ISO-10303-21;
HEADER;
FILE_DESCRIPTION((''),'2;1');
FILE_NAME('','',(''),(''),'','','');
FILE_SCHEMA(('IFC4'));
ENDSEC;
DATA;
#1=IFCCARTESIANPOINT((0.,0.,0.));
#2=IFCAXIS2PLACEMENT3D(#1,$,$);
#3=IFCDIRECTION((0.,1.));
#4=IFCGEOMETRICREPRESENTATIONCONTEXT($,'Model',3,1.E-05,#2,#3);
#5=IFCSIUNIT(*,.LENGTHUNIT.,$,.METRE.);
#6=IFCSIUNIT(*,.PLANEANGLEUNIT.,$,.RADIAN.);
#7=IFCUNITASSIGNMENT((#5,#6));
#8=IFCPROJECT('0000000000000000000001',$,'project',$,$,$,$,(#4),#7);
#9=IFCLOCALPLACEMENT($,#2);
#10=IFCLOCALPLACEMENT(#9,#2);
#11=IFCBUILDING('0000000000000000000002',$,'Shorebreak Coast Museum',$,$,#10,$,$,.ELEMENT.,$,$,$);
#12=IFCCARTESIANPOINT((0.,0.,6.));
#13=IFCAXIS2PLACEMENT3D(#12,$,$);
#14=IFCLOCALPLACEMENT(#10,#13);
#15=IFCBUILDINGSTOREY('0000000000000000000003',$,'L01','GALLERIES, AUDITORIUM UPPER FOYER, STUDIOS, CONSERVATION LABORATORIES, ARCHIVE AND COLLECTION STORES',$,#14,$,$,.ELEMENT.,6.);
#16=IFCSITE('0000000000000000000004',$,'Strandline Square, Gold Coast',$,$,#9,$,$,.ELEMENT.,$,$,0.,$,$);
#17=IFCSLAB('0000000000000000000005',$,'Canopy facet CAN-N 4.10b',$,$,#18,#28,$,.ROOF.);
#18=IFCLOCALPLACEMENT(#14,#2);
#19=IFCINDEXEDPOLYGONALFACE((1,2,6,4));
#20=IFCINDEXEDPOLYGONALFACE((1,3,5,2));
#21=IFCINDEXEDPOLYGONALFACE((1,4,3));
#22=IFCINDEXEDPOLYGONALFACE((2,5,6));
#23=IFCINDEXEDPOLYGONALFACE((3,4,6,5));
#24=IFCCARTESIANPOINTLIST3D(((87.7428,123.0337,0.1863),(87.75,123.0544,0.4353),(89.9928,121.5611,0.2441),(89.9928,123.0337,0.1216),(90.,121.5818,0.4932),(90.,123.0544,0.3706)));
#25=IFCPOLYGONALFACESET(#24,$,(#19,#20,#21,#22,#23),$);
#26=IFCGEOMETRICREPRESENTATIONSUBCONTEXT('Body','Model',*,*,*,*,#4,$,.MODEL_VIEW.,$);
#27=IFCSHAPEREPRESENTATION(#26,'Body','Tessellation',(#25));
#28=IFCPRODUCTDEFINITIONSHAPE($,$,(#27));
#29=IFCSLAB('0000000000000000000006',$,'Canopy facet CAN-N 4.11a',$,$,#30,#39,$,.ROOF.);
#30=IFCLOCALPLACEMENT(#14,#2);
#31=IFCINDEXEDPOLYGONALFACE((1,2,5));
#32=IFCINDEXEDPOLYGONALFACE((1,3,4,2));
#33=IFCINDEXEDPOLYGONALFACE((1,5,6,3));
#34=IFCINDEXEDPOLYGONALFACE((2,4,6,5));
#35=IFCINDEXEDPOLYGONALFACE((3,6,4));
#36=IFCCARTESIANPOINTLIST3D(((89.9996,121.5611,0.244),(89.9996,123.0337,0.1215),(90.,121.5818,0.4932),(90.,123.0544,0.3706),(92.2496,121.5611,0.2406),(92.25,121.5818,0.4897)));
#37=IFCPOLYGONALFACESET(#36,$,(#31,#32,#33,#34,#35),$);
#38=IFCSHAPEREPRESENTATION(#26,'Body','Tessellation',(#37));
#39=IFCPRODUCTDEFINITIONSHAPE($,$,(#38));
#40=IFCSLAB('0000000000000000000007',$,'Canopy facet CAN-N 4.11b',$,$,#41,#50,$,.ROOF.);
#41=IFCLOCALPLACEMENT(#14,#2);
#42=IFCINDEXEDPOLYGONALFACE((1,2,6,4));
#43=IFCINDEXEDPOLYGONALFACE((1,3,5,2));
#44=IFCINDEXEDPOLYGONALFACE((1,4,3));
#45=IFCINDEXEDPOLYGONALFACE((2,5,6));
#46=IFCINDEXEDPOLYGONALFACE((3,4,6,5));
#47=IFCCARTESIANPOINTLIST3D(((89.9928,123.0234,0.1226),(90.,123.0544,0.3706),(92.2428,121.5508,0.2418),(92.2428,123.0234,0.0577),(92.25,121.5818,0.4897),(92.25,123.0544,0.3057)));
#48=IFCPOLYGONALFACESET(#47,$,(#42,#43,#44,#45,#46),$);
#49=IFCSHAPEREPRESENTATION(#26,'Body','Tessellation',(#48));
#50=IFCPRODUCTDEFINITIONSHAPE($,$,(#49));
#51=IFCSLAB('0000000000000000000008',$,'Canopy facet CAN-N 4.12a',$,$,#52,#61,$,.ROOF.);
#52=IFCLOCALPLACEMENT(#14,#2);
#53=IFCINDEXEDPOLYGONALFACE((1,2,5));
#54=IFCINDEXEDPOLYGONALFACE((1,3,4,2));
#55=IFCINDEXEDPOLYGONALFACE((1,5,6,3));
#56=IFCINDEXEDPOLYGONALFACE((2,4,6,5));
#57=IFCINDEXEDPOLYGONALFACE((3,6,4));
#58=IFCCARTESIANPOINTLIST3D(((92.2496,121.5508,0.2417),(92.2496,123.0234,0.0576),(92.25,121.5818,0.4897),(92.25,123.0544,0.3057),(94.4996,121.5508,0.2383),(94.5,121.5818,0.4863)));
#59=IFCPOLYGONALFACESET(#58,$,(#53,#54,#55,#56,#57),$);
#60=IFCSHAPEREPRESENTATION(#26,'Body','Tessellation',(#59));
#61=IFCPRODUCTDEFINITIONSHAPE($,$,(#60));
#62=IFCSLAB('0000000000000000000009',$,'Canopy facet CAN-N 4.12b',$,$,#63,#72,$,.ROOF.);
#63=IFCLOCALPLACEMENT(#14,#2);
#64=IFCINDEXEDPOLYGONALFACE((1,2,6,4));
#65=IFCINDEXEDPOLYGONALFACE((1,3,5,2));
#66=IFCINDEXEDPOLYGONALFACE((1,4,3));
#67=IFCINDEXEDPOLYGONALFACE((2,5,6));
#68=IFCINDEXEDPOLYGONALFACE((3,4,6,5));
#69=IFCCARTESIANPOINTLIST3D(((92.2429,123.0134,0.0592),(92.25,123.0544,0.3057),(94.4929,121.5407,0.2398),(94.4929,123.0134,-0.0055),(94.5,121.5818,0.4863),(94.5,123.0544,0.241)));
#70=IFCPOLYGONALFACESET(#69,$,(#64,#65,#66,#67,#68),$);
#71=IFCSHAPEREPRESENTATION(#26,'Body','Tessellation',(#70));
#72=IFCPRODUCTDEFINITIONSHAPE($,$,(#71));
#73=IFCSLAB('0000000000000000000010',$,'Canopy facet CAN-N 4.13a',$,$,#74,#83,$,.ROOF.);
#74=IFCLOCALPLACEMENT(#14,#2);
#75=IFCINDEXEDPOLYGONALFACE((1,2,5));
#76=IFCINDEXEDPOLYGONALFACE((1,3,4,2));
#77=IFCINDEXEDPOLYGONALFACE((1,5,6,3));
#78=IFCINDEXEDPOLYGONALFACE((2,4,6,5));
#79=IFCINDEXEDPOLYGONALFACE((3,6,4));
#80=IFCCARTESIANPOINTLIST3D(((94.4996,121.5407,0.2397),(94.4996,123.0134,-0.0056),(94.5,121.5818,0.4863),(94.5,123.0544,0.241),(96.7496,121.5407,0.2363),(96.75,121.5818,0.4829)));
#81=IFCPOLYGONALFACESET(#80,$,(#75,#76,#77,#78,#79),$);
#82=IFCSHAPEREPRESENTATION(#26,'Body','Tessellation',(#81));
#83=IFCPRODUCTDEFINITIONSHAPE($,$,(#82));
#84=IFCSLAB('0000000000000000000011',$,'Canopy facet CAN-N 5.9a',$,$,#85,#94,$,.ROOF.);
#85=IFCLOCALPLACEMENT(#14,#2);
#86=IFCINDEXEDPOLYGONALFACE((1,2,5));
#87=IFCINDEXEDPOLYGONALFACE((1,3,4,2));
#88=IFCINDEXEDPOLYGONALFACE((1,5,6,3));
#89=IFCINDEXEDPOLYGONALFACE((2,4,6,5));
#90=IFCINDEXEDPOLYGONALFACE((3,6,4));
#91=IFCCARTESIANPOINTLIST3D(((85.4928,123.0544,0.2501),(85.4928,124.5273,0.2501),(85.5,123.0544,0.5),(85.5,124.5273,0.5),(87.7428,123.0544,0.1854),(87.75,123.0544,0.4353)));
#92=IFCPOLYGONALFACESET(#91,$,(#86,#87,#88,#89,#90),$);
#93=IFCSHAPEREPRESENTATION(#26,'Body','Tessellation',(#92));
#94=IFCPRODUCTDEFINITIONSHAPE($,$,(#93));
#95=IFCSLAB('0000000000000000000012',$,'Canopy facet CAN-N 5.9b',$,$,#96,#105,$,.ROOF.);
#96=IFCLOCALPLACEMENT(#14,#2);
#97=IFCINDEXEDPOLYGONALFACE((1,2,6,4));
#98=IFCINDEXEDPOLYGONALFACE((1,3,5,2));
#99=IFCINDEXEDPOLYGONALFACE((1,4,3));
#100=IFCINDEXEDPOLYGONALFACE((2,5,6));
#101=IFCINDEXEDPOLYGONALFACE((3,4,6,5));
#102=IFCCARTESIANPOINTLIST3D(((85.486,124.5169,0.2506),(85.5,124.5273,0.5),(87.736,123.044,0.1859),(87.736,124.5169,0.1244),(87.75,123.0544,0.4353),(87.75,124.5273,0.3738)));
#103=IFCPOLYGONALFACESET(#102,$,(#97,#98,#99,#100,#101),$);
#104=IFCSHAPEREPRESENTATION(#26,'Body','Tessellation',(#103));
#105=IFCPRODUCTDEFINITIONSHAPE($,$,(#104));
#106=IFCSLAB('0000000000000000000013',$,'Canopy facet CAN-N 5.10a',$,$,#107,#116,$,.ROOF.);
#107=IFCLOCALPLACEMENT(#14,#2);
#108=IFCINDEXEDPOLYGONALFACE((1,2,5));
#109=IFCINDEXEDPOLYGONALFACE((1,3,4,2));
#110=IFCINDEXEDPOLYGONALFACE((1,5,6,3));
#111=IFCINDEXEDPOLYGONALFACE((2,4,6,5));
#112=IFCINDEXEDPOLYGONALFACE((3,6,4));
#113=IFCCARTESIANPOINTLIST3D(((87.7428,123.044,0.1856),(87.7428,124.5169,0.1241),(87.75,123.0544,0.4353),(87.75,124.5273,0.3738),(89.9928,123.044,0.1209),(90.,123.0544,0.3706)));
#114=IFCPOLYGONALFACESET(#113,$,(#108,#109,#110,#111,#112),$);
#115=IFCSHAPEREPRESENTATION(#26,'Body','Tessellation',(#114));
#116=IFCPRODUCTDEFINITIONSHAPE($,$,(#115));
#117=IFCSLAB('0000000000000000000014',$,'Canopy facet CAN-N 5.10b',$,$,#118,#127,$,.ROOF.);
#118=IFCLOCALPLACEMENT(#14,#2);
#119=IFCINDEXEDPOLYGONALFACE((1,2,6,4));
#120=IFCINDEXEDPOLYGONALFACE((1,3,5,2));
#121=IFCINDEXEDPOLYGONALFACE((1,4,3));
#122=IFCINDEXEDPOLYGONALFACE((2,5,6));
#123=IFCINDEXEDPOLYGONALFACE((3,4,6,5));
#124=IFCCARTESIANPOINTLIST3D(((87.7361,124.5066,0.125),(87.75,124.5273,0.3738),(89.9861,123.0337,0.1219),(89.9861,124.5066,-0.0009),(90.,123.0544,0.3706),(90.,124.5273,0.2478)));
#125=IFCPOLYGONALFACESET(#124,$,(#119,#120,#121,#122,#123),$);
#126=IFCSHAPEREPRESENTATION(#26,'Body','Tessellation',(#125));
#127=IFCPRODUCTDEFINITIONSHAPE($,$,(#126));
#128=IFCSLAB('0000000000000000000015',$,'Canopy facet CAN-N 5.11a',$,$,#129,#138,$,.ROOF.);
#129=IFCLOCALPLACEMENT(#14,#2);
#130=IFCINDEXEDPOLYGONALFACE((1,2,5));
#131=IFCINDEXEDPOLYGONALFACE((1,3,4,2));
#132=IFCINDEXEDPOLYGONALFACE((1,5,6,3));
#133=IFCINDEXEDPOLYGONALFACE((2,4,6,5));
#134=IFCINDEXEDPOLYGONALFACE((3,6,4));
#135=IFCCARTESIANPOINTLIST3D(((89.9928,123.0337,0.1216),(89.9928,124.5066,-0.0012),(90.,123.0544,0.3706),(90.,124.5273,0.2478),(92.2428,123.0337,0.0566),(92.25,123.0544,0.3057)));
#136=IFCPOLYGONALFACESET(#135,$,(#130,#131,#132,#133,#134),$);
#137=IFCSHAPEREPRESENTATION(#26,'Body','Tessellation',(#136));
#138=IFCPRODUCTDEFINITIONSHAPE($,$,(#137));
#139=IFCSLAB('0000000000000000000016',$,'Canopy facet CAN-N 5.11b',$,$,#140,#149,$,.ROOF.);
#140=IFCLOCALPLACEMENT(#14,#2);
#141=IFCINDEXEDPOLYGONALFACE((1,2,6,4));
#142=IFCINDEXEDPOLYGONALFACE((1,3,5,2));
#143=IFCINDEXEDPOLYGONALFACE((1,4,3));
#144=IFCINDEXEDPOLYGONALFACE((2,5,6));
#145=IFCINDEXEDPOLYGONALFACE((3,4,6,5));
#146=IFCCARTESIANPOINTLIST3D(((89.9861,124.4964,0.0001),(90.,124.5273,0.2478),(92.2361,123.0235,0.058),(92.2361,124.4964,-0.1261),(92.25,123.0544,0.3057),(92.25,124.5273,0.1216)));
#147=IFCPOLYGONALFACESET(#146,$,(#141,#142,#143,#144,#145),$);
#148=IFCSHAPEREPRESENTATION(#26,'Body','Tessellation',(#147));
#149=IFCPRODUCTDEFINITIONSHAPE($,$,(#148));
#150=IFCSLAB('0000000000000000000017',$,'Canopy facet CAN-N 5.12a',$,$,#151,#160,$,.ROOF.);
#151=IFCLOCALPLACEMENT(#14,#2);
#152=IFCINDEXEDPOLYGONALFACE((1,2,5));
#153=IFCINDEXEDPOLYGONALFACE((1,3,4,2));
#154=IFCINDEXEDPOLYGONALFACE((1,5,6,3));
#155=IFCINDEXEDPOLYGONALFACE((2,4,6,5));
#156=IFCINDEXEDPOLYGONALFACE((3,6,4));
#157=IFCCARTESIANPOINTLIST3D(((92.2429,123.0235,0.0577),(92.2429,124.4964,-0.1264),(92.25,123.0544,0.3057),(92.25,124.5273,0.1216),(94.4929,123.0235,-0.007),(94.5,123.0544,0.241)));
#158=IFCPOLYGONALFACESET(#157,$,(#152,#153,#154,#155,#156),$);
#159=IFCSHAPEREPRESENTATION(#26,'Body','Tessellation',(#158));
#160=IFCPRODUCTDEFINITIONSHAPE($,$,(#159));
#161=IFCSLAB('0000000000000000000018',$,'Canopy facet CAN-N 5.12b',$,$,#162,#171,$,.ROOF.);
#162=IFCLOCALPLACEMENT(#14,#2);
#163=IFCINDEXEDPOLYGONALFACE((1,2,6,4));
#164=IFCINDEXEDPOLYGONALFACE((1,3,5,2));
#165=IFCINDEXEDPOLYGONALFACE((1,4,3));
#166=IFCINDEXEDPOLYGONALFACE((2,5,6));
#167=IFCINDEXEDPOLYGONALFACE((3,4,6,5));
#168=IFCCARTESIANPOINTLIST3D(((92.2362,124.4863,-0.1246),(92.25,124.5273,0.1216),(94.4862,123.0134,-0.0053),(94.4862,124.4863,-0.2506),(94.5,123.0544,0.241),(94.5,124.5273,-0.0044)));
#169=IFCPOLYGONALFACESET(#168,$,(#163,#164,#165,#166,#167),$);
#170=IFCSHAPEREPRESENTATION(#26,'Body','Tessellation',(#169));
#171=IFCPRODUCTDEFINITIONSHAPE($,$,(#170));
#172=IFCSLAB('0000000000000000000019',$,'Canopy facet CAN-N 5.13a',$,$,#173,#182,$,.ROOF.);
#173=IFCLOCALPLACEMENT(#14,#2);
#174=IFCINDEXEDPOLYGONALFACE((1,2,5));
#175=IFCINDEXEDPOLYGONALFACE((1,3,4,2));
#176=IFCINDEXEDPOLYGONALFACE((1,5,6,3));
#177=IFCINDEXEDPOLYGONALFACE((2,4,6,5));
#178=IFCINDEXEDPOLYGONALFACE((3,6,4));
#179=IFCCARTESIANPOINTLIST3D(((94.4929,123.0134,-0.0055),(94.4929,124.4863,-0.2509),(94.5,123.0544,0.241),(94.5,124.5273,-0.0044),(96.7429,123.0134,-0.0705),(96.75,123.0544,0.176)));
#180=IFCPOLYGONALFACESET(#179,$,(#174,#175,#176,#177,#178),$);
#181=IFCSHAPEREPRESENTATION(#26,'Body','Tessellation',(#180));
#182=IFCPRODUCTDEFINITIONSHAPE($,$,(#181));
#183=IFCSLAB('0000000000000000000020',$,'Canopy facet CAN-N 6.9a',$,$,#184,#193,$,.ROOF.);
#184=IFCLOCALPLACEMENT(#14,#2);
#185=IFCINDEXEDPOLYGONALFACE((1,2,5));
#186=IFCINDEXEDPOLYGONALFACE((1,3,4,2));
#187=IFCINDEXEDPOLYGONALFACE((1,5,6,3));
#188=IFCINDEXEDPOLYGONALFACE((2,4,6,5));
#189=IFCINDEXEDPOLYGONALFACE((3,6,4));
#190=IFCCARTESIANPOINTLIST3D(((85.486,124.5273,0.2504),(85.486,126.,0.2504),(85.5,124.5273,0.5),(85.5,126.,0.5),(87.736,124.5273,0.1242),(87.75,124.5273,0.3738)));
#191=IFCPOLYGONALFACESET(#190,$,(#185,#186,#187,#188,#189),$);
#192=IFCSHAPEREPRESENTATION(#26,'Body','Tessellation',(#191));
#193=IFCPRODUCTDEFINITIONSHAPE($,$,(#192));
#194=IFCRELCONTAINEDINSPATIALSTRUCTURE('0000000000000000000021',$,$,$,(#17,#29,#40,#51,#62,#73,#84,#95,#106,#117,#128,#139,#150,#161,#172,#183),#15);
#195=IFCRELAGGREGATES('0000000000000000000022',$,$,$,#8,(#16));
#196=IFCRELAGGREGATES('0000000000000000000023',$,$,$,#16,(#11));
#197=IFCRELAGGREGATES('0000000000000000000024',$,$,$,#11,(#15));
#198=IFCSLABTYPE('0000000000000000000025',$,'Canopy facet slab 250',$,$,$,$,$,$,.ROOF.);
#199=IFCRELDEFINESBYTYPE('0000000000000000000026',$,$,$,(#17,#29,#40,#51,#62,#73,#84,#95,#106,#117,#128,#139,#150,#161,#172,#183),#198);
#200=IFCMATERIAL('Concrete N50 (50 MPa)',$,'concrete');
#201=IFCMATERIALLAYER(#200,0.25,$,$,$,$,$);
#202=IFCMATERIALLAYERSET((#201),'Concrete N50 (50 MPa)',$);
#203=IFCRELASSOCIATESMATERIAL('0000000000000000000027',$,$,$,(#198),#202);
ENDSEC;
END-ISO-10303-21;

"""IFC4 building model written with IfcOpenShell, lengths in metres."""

from ifc_helpers import new_model, si_unit, direction, frame, origin, place, context, subcontext, project, spatial, polyline, outline, extrude, material, layer, layer_set, type_object, element, save


model = new_model("IFC4")

# Units and contexts
model_context = context("Model", 3, precision=1e-05, world=origin(), true_north=direction((0.0, 1.0)))
body_context = subcontext(model_context, "Body", "Model", "MODEL_VIEW")
ifc_project = project(units=[si_unit("LENGTHUNIT", "METRE"), si_unit("PLANEANGLEUNIT", "RADIAN")], contexts=[model_context])

# Site, building, storey
site_placement = place(None, origin())
site = spatial("IfcSite", under=ifc_project, at=site_placement, Name="Strandline Square, Gold Coast", CompositionType="ELEMENT", RefElevation=0.0)
building_placement = place(site_placement, origin())
building = spatial("IfcBuilding", under=site, at=building_placement, Name="Shorebreak Coast Museum", CompositionType="ELEMENT")
storey_placement = place(building_placement, frame((0.0, 0.0, 6.0)))
storey = spatial("IfcBuildingStorey", under=building, at=storey_placement, Name="L01", Description="GALLERIES, AUDITORIUM UPPER FOYER, STUDIOS, CONSERVATION LABORATORIES, ARCHIVE AND COLLECTION STORES", CompositionType="ELEMENT", Elevation=6.0)

# Slabs
ifc_material = material(Name="Concrete N50 (50 MPa)", Category="concrete")
ifc_layer = layer(ifc_material, 0.25)
ifc_layer_set = layer_set([ifc_layer], Name="Concrete N50 (50 MPa)")
slab_type = type_object("IfcSlabType", Name="Canopy facet slab 250", PredefinedType="ROOF", material=ifc_layer_set)
slab_1_placement = place(storey_placement, frame((90.0, 121.5818, 0.4932), z_axis=(0.028644, 0.082902, 0.996146), x_axis=(0.0, 0.996555, -0.082936)))
element("IfcSlab", 1, at=slab_1_placement, inside=storey, type_object=slab_type, Name="Canopy facet CAN-N 4.10b", PredefinedType="ROOF", context=body_context, shape_type="SweptSolid", body=[
    extrude(outline(polyline([(0.0, 0.0), (1.4777, 0.0), (1.4724, 2.2509), (0.0, 0.0)])), origin(), (0.0, 0.0, -1.0), 0.25),
])
slab_2_placement = place(storey_placement, frame((90.0, 121.5818, 0.4932), z_axis=(0.001514, 0.082936, 0.996554), x_axis=(0.999999, 0.0, -0.001519)))
element("IfcSlab", 2, at=slab_2_placement, inside=storey, type_object=slab_type, Name="Canopy facet CAN-N 4.11a", PredefinedType="ROOF", context=body_context, shape_type="SweptSolid", body=[
    extrude(outline(polyline([(0.0, 0.0), (2.25, 0.0), (0.0002, 1.4777), (0.0, 0.0)])), origin(), (0.0, 0.0, -1.0), 0.25),
])
slab_3_placement = place(storey_placement, frame((92.25, 121.5818, 0.4897), z_axis=(0.028628, 0.123984, 0.991871), x_axis=(0.0, 0.992278, -0.124035)))
element("IfcSlab", 3, at=slab_3_placement, inside=storey, type_object=slab_type, Name="Canopy facet CAN-N 4.11b", PredefinedType="ROOF", context=body_context, shape_type="SweptSolid", body=[
    extrude(outline(polyline([(0.0, 0.0), (1.4841, 0.0), (1.4761, 2.2509), (0.0, 0.0)])), origin(), (0.0, 0.0, -1.0), 0.25),
])
slab_4_placement = place(storey_placement, frame((92.25, 121.5818, 0.4897), z_axis=(0.001507, 0.124035, 0.992277), x_axis=(0.999999, 0.0, -0.001519)))
element("IfcSlab", 4, at=slab_4_placement, inside=storey, type_object=slab_type, Name="Canopy facet CAN-N 4.12a", PredefinedType="ROOF", context=body_context, shape_type="SweptSolid", body=[
    extrude(outline(polyline([(0.0, 0.0), (2.25, 0.0), (0.0003, 1.4841), (0.0, 0.0)])), origin(), (0.0, 0.0, -1.0), 0.25),
])
slab_5_placement = place(storey_placement, frame((94.5, 121.5818, 0.4863), z_axis=(0.028352, 0.16428, 0.986006), x_axis=(0.0, 0.986403, -0.164346)))
element("IfcSlab", 5, at=slab_5_placement, inside=storey, type_object=slab_type, Name="Canopy facet CAN-N 4.12b", PredefinedType="ROOF", context=body_context, shape_type="SweptSolid", body=[
    extrude(outline(polyline([(0.0, 0.0), (1.493, 0.0), (1.4823, 2.2509), (0.0, 0.0)])), origin(), (0.0, 0.0, -1.0), 0.25),
])
slab_6_placement = place(storey_placement, frame((94.5, 121.5818, 0.4863), z_axis=(0.001498, 0.164346, 0.986402), x_axis=(0.999999, 0.0, -0.001519)))
element("IfcSlab", 6, at=slab_6_placement, inside=storey, type_object=slab_type, Name="Canopy facet CAN-N 4.13a", PredefinedType="ROOF", context=body_context, shape_type="SweptSolid", body=[
    extrude(outline(polyline([(0.0, 0.0), (2.25, 0.0), (0.0004, 1.493), (0.0, 0.0)])), origin(), (0.0, 0.0, -1.0), 0.25),
])
slab_7_placement = place(storey_placement, frame((85.5, 123.0544, 0.5), z_axis=(0.028742, 0.0, 0.999587), x_axis=(0.999587, 0.0, -0.028742)))
element("IfcSlab", 7, at=slab_7_placement, inside=storey, type_object=slab_type, Name="Canopy facet CAN-N 5.9a", PredefinedType="ROOF", context=body_context, shape_type="SweptSolid", body=[
    extrude(outline(polyline([(0.0, 0.0), (2.2509, 0.0), (0.0, 1.4729), (0.0, 0.0)])), origin(), (0.0, 0.0, -1.0), 0.25),
])
slab_8_placement = place(storey_placement, frame((87.75, 123.0544, 0.4353), z_axis=(0.055961, 0.041668, 0.997563), x_axis=(0.0, 0.999129, -0.041734)))
element("IfcSlab", 8, at=slab_8_placement, inside=storey, type_object=slab_type, Name="Canopy facet CAN-N 5.9b", PredefinedType="ROOF", context=body_context, shape_type="SweptSolid", body=[
    extrude(outline(polyline([(0.0, 0.0), (1.4742, 0.0), (1.4689, 2.2535), (0.0, 0.0)])), origin(), (0.0, 0.0, -1.0), 0.25),
])
slab_9_placement = place(storey_placement, frame((87.75, 123.0544, 0.4353), z_axis=(0.028717, 0.041717, 0.998717), x_axis=(0.999587, 0.0, -0.028742)))
element("IfcSlab", 9, at=slab_9_placement, inside=storey, type_object=slab_type, Name="Canopy facet CAN-N 5.10a", PredefinedType="ROOF", context=body_context, shape_type="SweptSolid", body=[
    extrude(outline(polyline([(0.0, 0.0), (2.2509, 0.0), (0.0018, 1.4742), (0.0, 0.0)])), origin(), (0.0, 0.0, -1.0), 0.25),
])
slab_10_placement = place(storey_placement, frame((90.0, 123.0544, 0.3706), z_axis=(0.055709, 0.082957, 0.994995), x_axis=(0.0, 0.996542, -0.083086)))
element("IfcSlab", 10, at=slab_10_placement, inside=storey, type_object=slab_type, Name="Canopy facet CAN-N 5.10b", PredefinedType="ROOF", context=body_context, shape_type="SweptSolid", body=[
    extrude(outline(polyline([(0.0, 0.0), (1.478, 0.0), (1.4675, 2.2535), (0.0, 0.0)])), origin(), (0.0, 0.0, -1.0), 0.25),
])
slab_11_placement = place(storey_placement, frame((90.0, 123.0544, 0.3706), z_axis=(0.028751, 0.083052, 0.99613), x_axis=(0.999584, 0.0, -0.028851)))
element("IfcSlab", 11, at=slab_11_placement, inside=storey, type_object=slab_type, Name="Canopy facet CAN-N 5.11a", PredefinedType="ROOF", context=body_context, shape_type="SweptSolid", body=[
    extrude(outline(polyline([(0.0, 0.0), (2.2509, 0.0), (0.0035, 1.478), (0.0, 0.0)])), origin(), (0.0, 0.0, -1.0), 0.25),
])
slab_12_placement = place(storey_placement, frame((92.25, 123.0544, 0.3057), z_axis=(0.055579, 0.123823, 0.990747), x_axis=(0.0, 0.99228, -0.124014)))
element("IfcSlab", 12, at=slab_12_placement, inside=storey, type_object=slab_type, Name="Canopy facet CAN-N 5.11b", PredefinedType="ROOF", context=body_context, shape_type="SweptSolid", body=[
    extrude(outline(polyline([(0.0, 0.0), (1.4844, 0.0), (1.4687, 2.2535), (0.0, 0.0)])), origin(), (0.0, 0.0, -1.0), 0.25),
])
slab_13_placement = place(storey_placement, frame((92.25, 123.0544, 0.3057), z_axis=(0.028521, 0.123964, 0.991877), x_axis=(0.999587, 0.0, -0.028742)))
element("IfcSlab", 13, at=slab_13_placement, inside=storey, type_object=slab_type, Name="Canopy facet CAN-N 5.12a", PredefinedType="ROOF", context=body_context, shape_type="SweptSolid", body=[
    extrude(outline(polyline([(0.0, 0.0), (2.2509, 0.0), (0.0053, 1.4843), (0.0, 0.0)])), origin(), (0.0, 0.0, -1.0), 0.25),
])
slab_14_placement = place(storey_placement, frame((94.5, 123.0544, 0.241), z_axis=(0.055144, 0.164069, 0.984906), x_axis=(0.0, 0.986407, -0.164319)))
element("IfcSlab", 14, at=slab_14_placement, inside=storey, type_object=slab_type, Name="Canopy facet CAN-N 5.12b", PredefinedType="ROOF", context=body_context, shape_type="SweptSolid", body=[
    extrude(outline(polyline([(0.0, 0.0), (1.4932, 0.0), (1.4725, 2.2534), (0.0, 0.0)])), origin(), (0.0, 0.0, -1.0), 0.25),
])
slab_15_placement = place(storey_placement, frame((94.5, 123.0544, 0.241), z_axis=(0.028459, 0.164253, 0.986008), x_axis=(0.999584, 0.0, -0.028851)))
element("IfcSlab", 15, at=slab_15_placement, inside=storey, type_object=slab_type, Name="Canopy facet CAN-N 5.13a", PredefinedType="ROOF", context=body_context, shape_type="SweptSolid", body=[
    extrude(outline(polyline([(0.0, 0.0), (2.2509, 0.0), (0.0071, 1.4932), (0.0, 0.0)])), origin(), (0.0, 0.0, -1.0), 0.25),
])
slab_16_placement = place(storey_placement, frame((85.5, 124.5273, 0.5), z_axis=(0.05601, 0.0, 0.99843), x_axis=(0.99843, 0.0, -0.05601)))
element("IfcSlab", 16, at=slab_16_placement, inside=storey, type_object=slab_type, Name="Canopy facet CAN-N 6.9a", PredefinedType="ROOF", context=body_context, shape_type="SweptSolid", body=[
    extrude(outline(polyline([(0.0, 0.0), (2.2535, 0.0), (0.0, 1.4727), (0.0, 0.0)])), origin(), (0.0, 0.0, -1.0), 0.25),
])

save(model, "model.ifc")
